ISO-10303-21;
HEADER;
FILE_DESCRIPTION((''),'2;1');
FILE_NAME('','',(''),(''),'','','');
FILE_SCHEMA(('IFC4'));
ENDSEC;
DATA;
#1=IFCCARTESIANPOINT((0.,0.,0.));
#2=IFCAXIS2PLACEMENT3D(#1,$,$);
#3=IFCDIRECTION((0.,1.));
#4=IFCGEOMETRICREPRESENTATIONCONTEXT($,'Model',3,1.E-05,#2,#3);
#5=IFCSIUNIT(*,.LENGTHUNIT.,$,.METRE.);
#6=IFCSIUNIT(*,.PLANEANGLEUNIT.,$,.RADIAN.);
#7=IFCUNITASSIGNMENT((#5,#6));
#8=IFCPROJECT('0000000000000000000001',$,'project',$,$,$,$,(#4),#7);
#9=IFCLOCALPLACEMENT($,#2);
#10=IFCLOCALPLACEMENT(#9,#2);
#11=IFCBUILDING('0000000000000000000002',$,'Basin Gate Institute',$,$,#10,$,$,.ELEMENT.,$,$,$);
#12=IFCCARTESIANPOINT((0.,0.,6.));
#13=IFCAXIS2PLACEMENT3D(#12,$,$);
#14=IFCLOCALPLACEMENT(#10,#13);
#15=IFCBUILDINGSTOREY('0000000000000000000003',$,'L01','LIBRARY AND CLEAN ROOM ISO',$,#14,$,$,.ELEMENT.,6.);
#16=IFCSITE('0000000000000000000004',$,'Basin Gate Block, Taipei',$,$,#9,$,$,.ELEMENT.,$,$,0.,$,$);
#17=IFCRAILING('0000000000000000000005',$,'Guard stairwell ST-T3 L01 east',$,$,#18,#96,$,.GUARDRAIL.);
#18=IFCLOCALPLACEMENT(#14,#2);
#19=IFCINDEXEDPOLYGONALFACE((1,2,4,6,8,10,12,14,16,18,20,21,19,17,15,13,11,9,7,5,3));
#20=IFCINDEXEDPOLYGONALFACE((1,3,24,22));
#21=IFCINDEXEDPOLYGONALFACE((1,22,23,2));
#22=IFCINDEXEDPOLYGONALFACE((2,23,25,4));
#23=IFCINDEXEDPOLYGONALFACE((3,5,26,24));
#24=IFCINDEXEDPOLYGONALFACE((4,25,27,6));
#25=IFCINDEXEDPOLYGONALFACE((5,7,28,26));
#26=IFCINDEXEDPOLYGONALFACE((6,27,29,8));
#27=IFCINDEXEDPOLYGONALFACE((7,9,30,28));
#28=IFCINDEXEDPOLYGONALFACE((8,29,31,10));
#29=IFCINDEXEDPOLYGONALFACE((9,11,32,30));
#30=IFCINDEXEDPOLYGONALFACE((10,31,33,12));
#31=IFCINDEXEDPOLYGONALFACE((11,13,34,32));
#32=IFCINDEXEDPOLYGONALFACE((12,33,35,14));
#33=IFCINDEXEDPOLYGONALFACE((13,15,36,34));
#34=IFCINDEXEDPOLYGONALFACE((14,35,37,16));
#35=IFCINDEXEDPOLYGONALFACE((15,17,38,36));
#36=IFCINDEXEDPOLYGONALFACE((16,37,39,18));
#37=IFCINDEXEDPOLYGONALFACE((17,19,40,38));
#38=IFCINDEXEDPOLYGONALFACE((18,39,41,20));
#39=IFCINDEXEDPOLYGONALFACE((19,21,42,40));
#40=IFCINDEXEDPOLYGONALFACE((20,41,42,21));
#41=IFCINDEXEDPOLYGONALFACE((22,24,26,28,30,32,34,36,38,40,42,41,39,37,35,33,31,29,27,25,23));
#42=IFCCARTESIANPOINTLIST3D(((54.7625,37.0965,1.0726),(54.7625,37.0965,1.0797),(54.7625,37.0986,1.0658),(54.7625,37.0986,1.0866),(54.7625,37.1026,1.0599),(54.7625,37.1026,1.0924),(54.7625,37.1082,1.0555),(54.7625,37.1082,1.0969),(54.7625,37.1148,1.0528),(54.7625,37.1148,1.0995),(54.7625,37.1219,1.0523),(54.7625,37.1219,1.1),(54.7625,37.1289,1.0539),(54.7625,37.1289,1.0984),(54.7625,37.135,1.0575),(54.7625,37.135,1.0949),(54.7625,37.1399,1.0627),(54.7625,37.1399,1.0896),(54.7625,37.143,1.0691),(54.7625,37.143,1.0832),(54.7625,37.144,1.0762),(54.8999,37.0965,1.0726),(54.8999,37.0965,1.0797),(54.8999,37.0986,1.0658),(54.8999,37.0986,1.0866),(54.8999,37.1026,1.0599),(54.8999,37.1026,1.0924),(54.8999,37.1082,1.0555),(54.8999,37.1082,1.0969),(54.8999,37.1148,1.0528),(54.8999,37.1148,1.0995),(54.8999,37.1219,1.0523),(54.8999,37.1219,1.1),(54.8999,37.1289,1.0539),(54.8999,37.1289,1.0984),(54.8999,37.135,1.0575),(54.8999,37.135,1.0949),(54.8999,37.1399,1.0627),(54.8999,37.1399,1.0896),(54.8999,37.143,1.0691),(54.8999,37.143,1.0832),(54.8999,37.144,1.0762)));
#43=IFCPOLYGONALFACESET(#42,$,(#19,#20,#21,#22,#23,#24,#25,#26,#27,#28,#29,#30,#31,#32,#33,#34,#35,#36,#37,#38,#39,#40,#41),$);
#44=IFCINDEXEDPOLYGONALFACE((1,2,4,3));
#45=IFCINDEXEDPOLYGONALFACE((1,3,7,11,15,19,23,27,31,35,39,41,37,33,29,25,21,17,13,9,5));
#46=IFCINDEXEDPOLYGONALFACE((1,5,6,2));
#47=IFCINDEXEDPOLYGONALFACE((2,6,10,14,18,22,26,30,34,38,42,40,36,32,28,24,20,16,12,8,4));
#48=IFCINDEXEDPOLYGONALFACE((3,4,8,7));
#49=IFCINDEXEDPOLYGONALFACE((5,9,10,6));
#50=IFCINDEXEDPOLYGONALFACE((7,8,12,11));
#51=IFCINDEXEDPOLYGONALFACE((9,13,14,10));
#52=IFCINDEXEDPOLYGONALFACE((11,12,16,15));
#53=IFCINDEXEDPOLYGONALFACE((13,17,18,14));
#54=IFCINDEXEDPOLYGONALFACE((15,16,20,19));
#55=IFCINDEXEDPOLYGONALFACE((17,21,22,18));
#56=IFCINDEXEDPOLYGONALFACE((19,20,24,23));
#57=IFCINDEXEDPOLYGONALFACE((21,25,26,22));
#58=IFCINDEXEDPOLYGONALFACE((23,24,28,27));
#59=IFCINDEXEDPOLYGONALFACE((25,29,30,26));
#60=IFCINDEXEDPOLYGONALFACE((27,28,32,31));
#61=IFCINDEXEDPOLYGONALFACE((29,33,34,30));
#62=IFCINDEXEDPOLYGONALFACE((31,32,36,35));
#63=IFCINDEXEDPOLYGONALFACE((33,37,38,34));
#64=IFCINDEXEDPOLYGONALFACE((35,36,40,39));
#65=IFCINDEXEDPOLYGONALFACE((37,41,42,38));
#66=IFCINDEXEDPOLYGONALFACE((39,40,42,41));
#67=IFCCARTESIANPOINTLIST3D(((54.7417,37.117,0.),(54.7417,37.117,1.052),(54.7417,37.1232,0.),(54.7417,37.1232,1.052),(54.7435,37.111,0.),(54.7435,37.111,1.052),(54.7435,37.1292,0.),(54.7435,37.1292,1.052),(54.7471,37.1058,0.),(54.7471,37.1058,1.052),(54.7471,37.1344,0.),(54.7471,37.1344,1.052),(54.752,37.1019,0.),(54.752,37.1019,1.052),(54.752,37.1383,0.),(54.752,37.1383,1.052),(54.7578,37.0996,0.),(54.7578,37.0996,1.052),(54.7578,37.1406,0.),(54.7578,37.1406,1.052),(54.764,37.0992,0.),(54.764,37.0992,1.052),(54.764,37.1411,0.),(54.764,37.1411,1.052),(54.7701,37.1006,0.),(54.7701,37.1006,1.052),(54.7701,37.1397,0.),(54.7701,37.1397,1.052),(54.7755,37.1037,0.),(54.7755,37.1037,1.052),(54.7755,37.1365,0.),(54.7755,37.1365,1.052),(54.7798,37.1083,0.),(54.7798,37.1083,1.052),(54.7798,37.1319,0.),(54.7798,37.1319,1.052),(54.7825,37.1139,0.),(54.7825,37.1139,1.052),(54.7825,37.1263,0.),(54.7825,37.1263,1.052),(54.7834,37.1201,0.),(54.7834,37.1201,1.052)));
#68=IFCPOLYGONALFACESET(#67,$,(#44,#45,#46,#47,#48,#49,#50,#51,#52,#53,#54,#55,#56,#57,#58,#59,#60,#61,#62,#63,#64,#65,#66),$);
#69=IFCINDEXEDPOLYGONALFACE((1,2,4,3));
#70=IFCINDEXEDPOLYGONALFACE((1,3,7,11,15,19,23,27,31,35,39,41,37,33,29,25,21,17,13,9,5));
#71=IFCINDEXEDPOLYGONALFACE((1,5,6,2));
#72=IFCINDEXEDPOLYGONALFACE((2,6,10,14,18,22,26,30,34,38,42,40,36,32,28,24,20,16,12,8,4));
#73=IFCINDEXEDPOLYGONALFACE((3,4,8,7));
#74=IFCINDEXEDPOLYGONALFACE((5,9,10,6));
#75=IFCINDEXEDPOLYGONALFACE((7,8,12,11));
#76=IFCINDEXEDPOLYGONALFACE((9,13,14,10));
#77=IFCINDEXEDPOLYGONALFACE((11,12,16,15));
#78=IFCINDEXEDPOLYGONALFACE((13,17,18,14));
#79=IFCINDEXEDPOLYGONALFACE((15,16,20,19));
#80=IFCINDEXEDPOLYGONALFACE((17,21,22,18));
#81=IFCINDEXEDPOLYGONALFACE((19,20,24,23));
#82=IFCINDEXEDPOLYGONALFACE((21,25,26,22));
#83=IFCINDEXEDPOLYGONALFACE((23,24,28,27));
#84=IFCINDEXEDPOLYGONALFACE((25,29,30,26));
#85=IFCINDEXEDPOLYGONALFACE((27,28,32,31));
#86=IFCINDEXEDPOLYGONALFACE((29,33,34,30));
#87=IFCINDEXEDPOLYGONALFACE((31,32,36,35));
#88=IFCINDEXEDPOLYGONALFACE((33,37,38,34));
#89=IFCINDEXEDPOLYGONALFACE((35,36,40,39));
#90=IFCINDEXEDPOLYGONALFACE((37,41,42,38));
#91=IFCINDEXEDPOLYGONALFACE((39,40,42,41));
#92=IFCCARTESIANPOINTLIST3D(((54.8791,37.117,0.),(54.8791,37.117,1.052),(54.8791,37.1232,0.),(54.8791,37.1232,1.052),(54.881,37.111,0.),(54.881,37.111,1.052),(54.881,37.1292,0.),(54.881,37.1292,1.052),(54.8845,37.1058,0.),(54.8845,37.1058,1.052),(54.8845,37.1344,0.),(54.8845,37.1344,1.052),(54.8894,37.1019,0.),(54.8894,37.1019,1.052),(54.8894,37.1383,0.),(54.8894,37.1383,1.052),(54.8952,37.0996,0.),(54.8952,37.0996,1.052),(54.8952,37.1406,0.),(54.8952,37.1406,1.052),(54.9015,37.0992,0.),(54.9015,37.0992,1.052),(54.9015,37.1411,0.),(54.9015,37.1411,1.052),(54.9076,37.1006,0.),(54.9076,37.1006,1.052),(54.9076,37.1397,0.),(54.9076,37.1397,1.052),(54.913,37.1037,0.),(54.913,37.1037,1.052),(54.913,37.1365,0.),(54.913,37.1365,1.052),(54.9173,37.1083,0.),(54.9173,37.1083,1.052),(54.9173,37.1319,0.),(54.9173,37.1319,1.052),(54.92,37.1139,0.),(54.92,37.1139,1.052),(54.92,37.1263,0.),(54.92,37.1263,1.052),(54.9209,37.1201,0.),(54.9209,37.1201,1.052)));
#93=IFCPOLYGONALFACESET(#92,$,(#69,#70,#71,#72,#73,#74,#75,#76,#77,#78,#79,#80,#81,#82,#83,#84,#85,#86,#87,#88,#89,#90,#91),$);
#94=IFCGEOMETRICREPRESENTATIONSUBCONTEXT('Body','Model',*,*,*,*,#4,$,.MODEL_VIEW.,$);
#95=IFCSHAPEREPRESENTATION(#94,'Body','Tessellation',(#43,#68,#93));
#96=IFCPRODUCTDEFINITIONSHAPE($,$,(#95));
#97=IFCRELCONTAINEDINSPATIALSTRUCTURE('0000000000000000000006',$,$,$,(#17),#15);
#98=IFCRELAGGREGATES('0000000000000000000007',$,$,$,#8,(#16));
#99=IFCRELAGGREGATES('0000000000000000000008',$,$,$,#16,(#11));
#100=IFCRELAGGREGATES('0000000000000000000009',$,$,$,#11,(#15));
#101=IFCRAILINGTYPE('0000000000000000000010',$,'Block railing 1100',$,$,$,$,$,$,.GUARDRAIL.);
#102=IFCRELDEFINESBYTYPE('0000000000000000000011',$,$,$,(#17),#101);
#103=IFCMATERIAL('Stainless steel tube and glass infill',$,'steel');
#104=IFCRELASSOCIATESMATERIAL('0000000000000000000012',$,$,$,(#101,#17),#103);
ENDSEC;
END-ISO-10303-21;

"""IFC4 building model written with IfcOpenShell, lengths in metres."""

from ifc_helpers import new_model, si_unit, direction, frame, origin, origin_2d, place, context, subcontext, project, spatial, circle, extrude, material, type_object, element, save


model = new_model("IFC4")

# Units and contexts
model_context = context("Model", 3, precision=1e-05, world=origin(), true_north=direction((0.0, 1.0)))
body_context = subcontext(model_context, "Body", "Model", "MODEL_VIEW")
ifc_project = project(units=[si_unit("LENGTHUNIT", "METRE"), si_unit("PLANEANGLEUNIT", "RADIAN")], contexts=[model_context])

# Site, building, storey
site_placement = place(None, origin())
site = spatial("IfcSite", under=ifc_project, at=site_placement, Name="Basin Gate Block, Taipei", CompositionType="ELEMENT", RefElevation=0.0)
building_placement = place(site_placement, origin())
building = spatial("IfcBuilding", under=site, at=building_placement, Name="Basin Gate Institute", CompositionType="ELEMENT")
storey_placement = place(building_placement, frame((0.0, 0.0, 6.0)))
storey = spatial("IfcBuildingStorey", under=building, at=storey_placement, Name="L01", Description="LIBRARY AND CLEAN ROOM ISO", CompositionType="ELEMENT", Elevation=6.0)

# Railing
ifc_material_1 = material(Name="Stainless steel tube and glass infill", Category="steel")
railing_type_1 = type_object("IfcRailingType", Name="Block railing 1100", PredefinedType="GUARDRAIL", material=ifc_material_1)
railing_1_placement = place(storey_placement, frame((54.7625, 37.1201, 0.0)))
element("IfcRailing", 1, at=railing_1_placement, inside=storey, type_object=railing_type_1, material=ifc_material_1, Name="Guard stairwell ST-T3 L01 east", PredefinedType="GUARDRAIL", context=body_context, shape_type="SweptSolid", body=[
    extrude(circle(Radius=0.0239, at=origin_2d()), frame((0.0, 0.0, 1.0762), z_axis=(1.0, 0.0, 0.0), x_axis=(0.0, 1.0, 0.0)), (0.0, 0.0, 1.0), 0.1375),
    extrude(circle(Radius=0.021, at=origin_2d()), origin(), (0.0, 0.0, 1.0), 1.052),
    extrude(circle(Radius=0.021, at=origin_2d()), frame((0.1375, 0.0, 0.0)), (0.0, 0.0, 1.0), 1.052),
])

save(model, "model.ifc")
